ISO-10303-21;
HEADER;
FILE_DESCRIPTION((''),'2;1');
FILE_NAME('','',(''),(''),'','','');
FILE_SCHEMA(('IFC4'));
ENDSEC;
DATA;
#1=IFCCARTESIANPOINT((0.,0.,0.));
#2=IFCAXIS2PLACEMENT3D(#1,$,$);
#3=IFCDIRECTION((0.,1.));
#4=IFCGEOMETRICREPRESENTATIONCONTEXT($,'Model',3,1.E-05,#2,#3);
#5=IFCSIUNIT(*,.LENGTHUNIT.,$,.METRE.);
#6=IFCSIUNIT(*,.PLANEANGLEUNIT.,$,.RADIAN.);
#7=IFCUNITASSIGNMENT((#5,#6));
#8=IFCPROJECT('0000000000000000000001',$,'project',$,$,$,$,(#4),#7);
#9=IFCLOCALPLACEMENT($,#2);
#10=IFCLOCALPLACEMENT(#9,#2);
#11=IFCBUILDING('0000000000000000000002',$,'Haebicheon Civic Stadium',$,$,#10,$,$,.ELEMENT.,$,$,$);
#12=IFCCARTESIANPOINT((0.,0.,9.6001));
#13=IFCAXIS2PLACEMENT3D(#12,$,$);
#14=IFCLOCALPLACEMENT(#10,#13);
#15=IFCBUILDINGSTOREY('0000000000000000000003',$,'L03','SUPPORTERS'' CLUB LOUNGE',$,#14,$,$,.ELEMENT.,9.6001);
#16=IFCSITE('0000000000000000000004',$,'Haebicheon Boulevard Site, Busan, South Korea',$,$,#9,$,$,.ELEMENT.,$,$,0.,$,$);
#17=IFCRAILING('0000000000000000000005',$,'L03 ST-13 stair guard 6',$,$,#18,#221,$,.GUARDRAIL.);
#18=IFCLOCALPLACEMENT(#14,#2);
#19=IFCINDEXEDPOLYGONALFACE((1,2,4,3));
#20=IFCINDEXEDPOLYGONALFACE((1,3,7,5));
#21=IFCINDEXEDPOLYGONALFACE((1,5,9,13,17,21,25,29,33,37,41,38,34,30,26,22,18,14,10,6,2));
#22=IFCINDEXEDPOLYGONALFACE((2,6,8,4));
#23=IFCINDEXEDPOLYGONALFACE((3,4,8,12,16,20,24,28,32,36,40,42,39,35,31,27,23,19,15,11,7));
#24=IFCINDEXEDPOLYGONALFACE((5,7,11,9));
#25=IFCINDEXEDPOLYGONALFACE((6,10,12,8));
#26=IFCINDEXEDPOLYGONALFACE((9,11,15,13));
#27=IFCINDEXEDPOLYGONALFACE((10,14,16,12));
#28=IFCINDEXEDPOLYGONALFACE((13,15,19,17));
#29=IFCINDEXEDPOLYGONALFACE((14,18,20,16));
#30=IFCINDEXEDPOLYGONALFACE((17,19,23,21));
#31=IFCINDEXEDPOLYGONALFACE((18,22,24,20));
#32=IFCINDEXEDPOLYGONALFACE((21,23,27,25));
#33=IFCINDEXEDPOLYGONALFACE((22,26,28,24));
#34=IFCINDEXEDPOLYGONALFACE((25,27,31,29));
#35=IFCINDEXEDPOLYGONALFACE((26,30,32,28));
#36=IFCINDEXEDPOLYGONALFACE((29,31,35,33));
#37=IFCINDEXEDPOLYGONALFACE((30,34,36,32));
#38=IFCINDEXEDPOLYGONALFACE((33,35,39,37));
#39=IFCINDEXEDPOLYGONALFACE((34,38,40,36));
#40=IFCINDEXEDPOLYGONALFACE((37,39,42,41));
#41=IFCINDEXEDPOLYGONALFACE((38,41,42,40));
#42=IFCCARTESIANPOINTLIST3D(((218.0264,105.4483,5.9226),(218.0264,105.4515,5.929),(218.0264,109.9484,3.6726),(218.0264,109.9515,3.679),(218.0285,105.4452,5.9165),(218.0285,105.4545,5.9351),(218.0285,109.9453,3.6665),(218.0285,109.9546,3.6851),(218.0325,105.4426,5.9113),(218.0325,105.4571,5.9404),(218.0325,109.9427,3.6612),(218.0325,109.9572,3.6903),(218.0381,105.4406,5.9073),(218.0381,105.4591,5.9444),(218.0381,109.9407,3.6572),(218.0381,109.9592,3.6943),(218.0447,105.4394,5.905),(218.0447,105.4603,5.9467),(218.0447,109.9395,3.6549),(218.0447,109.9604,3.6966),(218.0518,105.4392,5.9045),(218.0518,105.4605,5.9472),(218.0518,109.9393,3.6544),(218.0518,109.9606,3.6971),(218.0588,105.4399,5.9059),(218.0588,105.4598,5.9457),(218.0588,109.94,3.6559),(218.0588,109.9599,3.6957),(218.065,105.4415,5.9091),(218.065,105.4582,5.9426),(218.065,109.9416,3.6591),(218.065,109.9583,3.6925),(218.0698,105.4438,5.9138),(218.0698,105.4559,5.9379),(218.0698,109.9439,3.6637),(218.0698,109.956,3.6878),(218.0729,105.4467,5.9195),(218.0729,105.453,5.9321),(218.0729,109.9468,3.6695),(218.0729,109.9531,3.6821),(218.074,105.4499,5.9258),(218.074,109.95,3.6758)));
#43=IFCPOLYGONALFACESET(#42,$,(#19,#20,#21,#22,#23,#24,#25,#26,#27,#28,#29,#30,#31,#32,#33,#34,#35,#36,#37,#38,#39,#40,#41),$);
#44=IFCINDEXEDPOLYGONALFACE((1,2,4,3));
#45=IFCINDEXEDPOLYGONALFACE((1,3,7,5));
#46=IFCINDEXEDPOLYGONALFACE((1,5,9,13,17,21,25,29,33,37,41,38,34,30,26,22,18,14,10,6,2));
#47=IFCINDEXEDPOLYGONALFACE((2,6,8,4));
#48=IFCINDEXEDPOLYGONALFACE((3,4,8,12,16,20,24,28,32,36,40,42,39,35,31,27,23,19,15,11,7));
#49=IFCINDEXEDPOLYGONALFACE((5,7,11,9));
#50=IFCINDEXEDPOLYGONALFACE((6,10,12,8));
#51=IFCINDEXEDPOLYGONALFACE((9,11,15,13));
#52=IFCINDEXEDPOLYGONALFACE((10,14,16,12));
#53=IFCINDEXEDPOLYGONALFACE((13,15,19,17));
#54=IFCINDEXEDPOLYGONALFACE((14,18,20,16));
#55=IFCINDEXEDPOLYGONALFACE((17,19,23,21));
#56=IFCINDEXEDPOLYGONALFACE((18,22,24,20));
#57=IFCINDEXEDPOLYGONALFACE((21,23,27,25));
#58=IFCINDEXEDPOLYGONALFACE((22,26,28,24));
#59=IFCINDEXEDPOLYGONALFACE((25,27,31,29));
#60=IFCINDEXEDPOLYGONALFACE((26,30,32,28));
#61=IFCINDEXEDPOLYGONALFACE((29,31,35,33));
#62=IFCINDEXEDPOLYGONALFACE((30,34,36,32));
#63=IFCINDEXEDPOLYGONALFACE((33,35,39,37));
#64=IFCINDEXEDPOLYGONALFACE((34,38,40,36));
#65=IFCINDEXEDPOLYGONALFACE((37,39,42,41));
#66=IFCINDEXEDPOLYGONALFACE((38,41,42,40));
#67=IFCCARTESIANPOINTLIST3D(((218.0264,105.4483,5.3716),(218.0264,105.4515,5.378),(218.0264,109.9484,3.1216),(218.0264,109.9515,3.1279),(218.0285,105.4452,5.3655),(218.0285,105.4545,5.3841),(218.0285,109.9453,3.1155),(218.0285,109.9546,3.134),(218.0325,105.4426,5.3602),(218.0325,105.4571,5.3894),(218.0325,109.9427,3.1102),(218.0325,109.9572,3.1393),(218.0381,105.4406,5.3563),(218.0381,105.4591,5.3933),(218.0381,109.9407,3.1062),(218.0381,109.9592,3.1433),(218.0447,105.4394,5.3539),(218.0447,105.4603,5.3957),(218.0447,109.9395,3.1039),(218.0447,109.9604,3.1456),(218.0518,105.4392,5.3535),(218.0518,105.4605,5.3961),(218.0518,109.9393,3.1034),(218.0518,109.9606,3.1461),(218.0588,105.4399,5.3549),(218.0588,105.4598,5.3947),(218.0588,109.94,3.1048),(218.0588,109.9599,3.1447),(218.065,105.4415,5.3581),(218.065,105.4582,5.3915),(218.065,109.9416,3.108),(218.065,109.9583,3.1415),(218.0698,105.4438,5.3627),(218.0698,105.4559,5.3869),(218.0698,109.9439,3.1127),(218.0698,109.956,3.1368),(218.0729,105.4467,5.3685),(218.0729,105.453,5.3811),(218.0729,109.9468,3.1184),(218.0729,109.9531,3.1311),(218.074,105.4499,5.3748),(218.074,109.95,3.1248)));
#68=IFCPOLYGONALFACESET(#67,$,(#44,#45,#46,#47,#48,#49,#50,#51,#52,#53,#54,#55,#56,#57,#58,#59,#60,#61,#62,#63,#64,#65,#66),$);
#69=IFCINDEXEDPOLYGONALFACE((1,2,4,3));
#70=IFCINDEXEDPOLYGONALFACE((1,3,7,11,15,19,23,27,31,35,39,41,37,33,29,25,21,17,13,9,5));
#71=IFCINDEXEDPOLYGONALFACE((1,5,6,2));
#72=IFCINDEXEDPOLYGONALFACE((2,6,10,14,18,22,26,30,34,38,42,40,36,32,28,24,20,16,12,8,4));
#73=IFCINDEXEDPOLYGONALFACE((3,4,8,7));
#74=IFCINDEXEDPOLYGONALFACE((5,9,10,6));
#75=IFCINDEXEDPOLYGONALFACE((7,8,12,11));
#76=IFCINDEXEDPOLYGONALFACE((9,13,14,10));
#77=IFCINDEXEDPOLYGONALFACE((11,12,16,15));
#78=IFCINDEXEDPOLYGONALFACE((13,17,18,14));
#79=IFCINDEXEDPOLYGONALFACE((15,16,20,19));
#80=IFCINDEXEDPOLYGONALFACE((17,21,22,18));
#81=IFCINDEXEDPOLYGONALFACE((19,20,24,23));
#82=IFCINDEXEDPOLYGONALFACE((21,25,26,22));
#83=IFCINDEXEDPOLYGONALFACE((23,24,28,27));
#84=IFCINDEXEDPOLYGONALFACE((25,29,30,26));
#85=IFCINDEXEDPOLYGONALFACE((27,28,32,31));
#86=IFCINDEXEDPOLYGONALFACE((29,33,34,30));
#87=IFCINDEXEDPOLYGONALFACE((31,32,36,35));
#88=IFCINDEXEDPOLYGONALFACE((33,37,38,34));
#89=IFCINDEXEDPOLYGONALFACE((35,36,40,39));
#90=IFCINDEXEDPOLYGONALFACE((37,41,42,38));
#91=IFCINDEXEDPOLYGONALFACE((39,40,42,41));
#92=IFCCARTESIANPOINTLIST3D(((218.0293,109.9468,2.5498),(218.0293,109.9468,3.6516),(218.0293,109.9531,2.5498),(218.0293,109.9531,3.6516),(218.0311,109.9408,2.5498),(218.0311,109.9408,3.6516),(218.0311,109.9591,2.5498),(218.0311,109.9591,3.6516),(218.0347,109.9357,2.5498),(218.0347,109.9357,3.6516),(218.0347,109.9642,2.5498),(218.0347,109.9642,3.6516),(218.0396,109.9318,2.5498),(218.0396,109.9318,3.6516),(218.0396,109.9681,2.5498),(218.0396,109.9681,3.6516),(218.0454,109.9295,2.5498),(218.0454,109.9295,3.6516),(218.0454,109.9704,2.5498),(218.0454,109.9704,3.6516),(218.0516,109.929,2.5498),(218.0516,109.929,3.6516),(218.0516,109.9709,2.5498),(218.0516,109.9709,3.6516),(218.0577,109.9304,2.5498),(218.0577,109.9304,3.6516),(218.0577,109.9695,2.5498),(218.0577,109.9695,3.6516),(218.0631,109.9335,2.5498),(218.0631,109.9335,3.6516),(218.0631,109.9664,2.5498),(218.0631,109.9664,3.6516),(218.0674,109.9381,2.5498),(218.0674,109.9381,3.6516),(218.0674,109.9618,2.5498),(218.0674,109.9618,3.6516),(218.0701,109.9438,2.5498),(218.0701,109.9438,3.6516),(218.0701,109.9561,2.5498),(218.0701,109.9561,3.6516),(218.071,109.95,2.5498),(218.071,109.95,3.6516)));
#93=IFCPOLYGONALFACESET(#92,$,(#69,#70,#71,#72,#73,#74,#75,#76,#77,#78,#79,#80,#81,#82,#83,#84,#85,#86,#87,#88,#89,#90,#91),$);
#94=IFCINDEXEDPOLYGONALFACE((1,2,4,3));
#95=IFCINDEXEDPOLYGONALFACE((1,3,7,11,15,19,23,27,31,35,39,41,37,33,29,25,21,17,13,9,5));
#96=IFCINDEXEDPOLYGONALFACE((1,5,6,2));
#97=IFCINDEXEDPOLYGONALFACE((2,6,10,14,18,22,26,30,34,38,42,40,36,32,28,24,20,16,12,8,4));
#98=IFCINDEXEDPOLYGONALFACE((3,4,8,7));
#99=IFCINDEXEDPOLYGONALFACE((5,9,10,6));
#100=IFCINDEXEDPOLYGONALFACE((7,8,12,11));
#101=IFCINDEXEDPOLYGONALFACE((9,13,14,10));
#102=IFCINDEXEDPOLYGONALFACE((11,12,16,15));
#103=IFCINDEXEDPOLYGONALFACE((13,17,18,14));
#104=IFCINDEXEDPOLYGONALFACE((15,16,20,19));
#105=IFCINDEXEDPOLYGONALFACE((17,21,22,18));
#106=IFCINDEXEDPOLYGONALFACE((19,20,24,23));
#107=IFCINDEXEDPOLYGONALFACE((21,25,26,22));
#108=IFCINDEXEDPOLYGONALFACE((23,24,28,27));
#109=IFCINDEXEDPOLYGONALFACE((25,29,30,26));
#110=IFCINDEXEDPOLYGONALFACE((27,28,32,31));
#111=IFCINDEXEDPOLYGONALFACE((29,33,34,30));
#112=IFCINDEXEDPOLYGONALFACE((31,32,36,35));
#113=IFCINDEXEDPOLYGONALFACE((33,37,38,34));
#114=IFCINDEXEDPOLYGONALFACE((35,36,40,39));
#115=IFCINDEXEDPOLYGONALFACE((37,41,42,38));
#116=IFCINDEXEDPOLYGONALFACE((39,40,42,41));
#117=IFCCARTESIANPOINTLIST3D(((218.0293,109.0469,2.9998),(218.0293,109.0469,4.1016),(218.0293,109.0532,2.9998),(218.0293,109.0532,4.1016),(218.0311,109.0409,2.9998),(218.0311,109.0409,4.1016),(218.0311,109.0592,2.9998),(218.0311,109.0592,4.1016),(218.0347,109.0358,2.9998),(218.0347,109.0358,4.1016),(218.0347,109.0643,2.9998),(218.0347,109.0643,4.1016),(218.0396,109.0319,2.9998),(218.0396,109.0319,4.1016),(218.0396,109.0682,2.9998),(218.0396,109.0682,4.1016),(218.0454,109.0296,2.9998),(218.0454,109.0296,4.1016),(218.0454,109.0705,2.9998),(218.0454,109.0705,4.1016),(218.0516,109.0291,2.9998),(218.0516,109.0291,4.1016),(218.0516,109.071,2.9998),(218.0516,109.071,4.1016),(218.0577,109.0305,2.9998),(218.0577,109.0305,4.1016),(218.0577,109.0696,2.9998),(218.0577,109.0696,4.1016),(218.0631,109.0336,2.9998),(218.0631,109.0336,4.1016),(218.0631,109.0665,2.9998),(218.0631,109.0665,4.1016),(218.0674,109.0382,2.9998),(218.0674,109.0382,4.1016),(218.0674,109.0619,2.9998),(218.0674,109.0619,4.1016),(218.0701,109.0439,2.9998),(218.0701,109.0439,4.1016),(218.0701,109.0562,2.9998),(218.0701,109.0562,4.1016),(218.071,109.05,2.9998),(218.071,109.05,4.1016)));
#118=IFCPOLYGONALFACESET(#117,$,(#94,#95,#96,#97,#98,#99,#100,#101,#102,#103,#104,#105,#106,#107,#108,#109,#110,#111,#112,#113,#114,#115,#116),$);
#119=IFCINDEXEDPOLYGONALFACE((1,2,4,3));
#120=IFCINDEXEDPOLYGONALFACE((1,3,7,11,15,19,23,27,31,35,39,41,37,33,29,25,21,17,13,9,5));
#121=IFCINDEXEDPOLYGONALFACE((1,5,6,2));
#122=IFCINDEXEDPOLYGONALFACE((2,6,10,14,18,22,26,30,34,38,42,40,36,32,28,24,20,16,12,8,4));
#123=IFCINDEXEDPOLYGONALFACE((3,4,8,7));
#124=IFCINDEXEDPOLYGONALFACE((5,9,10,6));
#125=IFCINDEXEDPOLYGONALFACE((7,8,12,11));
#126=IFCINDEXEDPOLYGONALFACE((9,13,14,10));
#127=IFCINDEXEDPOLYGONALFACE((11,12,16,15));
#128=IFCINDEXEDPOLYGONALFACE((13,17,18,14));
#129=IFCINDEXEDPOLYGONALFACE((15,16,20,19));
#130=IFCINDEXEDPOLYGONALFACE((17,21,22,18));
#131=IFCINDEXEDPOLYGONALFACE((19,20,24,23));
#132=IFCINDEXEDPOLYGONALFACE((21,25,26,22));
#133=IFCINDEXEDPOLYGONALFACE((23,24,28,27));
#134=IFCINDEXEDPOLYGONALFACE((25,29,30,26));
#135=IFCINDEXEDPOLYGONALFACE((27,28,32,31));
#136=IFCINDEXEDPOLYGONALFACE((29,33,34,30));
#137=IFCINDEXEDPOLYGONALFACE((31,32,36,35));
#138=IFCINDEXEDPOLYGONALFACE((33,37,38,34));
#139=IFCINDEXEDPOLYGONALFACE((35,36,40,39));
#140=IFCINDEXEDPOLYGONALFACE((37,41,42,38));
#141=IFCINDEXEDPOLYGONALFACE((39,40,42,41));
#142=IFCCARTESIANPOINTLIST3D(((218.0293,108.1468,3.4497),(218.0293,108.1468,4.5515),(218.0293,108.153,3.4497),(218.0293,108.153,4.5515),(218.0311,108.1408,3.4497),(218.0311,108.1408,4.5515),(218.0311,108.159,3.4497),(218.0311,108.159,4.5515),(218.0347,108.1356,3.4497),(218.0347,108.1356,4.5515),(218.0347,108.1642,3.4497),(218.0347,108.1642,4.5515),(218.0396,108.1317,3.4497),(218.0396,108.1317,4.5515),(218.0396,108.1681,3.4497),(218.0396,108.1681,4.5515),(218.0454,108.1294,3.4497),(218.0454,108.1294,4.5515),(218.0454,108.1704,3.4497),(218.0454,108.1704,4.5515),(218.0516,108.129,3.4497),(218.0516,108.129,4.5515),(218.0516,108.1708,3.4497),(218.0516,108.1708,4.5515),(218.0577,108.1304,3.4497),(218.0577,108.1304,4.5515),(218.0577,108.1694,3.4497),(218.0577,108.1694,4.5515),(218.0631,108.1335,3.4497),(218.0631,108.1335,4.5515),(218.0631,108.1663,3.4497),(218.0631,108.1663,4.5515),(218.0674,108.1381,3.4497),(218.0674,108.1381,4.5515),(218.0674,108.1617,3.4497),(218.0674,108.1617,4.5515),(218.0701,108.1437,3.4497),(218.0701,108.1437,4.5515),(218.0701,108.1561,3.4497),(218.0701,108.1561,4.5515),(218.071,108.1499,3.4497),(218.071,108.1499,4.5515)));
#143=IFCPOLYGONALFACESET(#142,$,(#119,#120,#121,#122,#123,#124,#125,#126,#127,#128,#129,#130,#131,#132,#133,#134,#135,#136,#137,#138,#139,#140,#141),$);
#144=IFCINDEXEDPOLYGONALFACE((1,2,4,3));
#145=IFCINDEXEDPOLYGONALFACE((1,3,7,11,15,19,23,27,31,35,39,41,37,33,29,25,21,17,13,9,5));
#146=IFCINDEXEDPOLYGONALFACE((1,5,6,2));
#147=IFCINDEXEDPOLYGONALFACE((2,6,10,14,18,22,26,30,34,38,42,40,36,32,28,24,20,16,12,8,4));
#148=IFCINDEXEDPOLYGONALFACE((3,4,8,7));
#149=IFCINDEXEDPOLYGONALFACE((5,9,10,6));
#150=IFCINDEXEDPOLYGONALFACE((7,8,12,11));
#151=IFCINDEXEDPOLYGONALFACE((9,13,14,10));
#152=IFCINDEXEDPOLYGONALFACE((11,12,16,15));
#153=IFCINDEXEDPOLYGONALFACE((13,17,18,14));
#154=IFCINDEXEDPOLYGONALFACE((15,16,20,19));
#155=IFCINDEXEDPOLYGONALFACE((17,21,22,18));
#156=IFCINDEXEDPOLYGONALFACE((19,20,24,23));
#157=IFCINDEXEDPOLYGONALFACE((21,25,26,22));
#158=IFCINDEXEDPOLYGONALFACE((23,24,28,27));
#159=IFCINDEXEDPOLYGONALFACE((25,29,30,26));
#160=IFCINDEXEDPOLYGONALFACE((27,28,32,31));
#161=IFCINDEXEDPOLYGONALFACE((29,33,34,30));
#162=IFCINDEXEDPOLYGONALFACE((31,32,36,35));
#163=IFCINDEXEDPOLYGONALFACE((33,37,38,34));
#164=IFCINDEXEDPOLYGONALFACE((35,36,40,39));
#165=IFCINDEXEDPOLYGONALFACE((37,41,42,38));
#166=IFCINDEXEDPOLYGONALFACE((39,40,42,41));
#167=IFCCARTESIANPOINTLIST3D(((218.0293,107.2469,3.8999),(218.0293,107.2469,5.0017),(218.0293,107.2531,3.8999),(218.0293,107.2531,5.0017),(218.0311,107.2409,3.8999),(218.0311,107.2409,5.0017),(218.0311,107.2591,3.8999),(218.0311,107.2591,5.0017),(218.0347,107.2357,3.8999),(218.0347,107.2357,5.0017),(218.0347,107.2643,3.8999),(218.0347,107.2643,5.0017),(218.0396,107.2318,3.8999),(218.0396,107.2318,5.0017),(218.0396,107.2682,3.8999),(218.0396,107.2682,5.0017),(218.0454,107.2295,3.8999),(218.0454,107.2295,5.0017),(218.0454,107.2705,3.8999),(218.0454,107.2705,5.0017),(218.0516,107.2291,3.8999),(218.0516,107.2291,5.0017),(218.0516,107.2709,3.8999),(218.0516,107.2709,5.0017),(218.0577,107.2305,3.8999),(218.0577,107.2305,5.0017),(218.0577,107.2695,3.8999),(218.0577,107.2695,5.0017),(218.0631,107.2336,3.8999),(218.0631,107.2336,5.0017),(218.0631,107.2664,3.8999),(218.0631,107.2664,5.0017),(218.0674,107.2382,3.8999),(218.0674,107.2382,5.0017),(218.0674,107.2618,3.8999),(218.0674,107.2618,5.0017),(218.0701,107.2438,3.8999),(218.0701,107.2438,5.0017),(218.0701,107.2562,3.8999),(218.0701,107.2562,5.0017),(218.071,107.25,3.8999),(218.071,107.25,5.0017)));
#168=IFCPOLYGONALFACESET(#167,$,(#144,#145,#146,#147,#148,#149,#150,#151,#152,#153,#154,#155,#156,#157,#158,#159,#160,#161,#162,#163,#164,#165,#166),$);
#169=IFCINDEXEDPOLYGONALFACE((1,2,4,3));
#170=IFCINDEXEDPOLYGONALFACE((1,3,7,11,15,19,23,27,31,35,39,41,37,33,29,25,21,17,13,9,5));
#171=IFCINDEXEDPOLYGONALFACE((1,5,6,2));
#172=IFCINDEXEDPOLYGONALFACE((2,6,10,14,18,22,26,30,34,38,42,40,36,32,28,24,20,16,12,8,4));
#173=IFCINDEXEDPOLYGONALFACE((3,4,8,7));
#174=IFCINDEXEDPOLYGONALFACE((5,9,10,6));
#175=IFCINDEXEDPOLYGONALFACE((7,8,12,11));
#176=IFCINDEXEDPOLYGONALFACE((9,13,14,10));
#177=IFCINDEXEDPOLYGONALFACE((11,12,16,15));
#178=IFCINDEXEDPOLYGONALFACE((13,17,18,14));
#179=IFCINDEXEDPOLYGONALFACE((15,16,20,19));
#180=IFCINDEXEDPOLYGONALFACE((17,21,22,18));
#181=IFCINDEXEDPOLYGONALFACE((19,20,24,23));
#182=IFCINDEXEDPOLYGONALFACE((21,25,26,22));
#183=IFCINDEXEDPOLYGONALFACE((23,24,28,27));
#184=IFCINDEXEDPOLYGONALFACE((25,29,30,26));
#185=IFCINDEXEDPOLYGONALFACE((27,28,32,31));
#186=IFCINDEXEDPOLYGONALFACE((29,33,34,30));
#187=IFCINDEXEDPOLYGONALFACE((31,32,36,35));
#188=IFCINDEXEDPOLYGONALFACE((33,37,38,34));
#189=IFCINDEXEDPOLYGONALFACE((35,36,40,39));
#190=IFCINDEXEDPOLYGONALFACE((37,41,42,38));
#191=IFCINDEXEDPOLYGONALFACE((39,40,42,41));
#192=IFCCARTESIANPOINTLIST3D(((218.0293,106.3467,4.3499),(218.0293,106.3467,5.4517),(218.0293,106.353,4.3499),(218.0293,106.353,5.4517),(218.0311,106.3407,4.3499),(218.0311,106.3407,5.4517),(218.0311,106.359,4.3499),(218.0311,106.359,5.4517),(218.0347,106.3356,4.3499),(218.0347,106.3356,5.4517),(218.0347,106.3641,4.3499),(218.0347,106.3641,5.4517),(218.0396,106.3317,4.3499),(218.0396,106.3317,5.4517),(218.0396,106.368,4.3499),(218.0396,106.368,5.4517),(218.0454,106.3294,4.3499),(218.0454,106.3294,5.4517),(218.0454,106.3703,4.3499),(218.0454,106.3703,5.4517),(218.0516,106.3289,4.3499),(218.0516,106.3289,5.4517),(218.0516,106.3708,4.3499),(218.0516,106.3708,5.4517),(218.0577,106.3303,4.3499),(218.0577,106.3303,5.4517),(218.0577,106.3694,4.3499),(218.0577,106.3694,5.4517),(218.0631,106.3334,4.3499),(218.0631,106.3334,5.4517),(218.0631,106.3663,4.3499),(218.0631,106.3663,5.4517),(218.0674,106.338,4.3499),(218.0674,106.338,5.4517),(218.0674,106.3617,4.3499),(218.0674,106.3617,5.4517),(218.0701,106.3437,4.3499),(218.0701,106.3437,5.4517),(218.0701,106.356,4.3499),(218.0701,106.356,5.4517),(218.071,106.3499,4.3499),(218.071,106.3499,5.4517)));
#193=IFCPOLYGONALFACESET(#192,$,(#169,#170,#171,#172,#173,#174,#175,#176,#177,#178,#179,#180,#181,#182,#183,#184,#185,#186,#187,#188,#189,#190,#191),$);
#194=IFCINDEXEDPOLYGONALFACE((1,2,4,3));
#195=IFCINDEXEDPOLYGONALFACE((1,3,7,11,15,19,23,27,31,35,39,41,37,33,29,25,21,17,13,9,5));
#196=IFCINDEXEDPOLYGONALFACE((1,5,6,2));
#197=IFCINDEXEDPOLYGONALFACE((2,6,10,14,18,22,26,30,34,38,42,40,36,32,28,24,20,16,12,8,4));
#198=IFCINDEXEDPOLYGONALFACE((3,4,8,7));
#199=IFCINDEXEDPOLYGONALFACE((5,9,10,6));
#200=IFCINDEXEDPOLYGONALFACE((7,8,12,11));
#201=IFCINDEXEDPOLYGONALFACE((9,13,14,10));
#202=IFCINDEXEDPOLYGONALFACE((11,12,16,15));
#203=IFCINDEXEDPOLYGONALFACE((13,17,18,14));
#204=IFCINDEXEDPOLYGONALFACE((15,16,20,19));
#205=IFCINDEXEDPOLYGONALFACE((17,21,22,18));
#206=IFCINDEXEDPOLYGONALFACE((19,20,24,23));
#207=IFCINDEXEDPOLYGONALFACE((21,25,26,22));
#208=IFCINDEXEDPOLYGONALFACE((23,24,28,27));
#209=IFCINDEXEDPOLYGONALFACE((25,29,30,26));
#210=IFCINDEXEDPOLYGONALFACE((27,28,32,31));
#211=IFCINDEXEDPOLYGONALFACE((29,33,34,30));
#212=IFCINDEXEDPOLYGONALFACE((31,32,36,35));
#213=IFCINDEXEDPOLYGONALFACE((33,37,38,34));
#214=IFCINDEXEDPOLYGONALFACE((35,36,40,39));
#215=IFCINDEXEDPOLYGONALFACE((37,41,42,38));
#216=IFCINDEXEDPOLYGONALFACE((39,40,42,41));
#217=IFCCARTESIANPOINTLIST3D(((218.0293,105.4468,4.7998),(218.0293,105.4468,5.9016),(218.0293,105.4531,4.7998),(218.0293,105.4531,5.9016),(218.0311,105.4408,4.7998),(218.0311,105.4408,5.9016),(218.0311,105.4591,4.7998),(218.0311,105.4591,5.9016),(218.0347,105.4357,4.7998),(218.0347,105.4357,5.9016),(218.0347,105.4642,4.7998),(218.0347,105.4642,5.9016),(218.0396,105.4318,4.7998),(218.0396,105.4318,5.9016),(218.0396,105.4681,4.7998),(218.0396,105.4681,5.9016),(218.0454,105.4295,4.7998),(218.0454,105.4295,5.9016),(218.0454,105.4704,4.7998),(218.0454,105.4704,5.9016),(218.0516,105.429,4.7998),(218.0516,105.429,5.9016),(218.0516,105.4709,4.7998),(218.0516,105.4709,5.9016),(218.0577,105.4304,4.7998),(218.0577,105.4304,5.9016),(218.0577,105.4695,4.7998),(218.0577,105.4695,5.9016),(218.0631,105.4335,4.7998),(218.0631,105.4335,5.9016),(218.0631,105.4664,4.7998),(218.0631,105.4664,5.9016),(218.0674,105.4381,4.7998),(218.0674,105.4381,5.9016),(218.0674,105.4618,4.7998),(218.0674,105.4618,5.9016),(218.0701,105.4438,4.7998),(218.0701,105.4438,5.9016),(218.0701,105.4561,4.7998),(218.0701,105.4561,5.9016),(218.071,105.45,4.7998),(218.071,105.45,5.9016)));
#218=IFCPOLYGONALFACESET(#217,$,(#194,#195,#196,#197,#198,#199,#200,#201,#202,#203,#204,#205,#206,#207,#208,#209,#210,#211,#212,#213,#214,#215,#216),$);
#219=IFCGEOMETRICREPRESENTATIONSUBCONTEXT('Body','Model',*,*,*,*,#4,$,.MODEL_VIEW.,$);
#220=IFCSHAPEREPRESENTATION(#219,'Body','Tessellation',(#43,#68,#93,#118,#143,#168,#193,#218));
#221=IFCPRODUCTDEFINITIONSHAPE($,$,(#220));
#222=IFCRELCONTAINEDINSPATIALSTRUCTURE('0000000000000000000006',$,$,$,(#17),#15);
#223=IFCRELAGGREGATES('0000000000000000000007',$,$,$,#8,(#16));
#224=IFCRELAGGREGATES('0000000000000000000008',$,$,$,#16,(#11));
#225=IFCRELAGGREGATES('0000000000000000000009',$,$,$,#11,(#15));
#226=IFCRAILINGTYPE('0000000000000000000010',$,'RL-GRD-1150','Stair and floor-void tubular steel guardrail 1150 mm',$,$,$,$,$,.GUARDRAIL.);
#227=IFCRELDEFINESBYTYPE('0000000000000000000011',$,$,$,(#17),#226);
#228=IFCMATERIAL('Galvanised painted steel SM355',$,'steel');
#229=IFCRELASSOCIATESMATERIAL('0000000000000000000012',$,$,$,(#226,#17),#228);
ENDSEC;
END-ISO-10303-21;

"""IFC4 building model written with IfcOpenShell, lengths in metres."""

from ifc_helpers import new_model, si_unit, direction, frame, origin, origin_2d, place, context, subcontext, project, spatial, circle, extrude, material, type_object, element, save


model = new_model("IFC4")

# Units and contexts
model_context = context("Model", 3, precision=1e-05, world=origin(), true_north=direction((0.0, 1.0)))
body_context = subcontext(model_context, "Body", "Model", "MODEL_VIEW")
ifc_project = project(units=[si_unit("LENGTHUNIT", "METRE"), si_unit("PLANEANGLEUNIT", "RADIAN")], contexts=[model_context])

# Site, building, storey
site_placement = place(None, origin())
site = spatial("IfcSite", under=ifc_project, at=site_placement, Name="Haebicheon Boulevard Site, Busan, South Korea", CompositionType="ELEMENT", RefElevation=0.0)
building_placement = place(site_placement, origin())
building = spatial("IfcBuilding", under=site, at=building_placement, Name="Haebicheon Civic Stadium", CompositionType="ELEMENT")
storey_placement = place(building_placement, frame((0.0, 0.0, 9.6001)))
storey = spatial("IfcBuildingStorey", under=building, at=storey_placement, Name="L03", Description="SUPPORTERS' CLUB LOUNGE", CompositionType="ELEMENT", Elevation=9.6001)

# Railing
ifc_material_1 = material(Name="Galvanised painted steel SM355", Category="steel")
railing_type_1 = type_object("IfcRailingType", Name="RL-GRD-1150", Description="Stair and floor-void tubular steel guardrail 1150 mm", PredefinedType="GUARDRAIL", material=ifc_material_1)
railing_1_placement = place(storey_placement, frame((218.05, 109.95, 2.5498)))
element("IfcRailing", 1, at=railing_1_placement, inside=storey, type_object=railing_type_1, material=ifc_material_1, Name="L03 ST-13 stair guard 6", PredefinedType="GUARDRAIL", context=body_context, shape_type="SweptSolid", body=[
    extrude(circle(Radius=0.0239, at=origin_2d()), frame((0.0, 0.0, 1.126), z_axis=(0.0, -0.894427, 0.447214), x_axis=(1.0, 0.0, 0.0)), (0.0, 0.0, 1.0), 5.0312),
    extrude(circle(Radius=0.0239, at=origin_2d()), frame((0.0, 0.0, 0.575), z_axis=(0.0, -0.894427, 0.447214), x_axis=(1.0, 0.0, 0.0)), (0.0, 0.0, 1.0), 5.0312),
    extrude(circle(Radius=0.021, at=origin_2d()), origin(), (0.0, 0.0, 1.0), 1.1018),
    extrude(circle(Radius=0.021, at=origin_2d()), frame((0.0, -0.8999, 0.45)), (0.0, 0.0, 1.0), 1.1018),
    extrude(circle(Radius=0.021, at=origin_2d()), frame((0.0, -1.8, 0.8999)), (0.0, 0.0, 1.0), 1.1018),
    extrude(circle(Radius=0.021, at=origin_2d()), frame((0.0, -2.7, 1.3501)), (0.0, 0.0, 1.0), 1.1018),
    extrude(circle(Radius=0.021, at=origin_2d()), frame((0.0, -3.6001, 1.8)), (0.0, 0.0, 1.0), 1.1018),
    extrude(circle(Radius=0.021, at=origin_2d()), frame((0.0, -4.5, 2.25)), (0.0, 0.0, 1.0), 1.1018),
])

save(model, "model.ifc")
